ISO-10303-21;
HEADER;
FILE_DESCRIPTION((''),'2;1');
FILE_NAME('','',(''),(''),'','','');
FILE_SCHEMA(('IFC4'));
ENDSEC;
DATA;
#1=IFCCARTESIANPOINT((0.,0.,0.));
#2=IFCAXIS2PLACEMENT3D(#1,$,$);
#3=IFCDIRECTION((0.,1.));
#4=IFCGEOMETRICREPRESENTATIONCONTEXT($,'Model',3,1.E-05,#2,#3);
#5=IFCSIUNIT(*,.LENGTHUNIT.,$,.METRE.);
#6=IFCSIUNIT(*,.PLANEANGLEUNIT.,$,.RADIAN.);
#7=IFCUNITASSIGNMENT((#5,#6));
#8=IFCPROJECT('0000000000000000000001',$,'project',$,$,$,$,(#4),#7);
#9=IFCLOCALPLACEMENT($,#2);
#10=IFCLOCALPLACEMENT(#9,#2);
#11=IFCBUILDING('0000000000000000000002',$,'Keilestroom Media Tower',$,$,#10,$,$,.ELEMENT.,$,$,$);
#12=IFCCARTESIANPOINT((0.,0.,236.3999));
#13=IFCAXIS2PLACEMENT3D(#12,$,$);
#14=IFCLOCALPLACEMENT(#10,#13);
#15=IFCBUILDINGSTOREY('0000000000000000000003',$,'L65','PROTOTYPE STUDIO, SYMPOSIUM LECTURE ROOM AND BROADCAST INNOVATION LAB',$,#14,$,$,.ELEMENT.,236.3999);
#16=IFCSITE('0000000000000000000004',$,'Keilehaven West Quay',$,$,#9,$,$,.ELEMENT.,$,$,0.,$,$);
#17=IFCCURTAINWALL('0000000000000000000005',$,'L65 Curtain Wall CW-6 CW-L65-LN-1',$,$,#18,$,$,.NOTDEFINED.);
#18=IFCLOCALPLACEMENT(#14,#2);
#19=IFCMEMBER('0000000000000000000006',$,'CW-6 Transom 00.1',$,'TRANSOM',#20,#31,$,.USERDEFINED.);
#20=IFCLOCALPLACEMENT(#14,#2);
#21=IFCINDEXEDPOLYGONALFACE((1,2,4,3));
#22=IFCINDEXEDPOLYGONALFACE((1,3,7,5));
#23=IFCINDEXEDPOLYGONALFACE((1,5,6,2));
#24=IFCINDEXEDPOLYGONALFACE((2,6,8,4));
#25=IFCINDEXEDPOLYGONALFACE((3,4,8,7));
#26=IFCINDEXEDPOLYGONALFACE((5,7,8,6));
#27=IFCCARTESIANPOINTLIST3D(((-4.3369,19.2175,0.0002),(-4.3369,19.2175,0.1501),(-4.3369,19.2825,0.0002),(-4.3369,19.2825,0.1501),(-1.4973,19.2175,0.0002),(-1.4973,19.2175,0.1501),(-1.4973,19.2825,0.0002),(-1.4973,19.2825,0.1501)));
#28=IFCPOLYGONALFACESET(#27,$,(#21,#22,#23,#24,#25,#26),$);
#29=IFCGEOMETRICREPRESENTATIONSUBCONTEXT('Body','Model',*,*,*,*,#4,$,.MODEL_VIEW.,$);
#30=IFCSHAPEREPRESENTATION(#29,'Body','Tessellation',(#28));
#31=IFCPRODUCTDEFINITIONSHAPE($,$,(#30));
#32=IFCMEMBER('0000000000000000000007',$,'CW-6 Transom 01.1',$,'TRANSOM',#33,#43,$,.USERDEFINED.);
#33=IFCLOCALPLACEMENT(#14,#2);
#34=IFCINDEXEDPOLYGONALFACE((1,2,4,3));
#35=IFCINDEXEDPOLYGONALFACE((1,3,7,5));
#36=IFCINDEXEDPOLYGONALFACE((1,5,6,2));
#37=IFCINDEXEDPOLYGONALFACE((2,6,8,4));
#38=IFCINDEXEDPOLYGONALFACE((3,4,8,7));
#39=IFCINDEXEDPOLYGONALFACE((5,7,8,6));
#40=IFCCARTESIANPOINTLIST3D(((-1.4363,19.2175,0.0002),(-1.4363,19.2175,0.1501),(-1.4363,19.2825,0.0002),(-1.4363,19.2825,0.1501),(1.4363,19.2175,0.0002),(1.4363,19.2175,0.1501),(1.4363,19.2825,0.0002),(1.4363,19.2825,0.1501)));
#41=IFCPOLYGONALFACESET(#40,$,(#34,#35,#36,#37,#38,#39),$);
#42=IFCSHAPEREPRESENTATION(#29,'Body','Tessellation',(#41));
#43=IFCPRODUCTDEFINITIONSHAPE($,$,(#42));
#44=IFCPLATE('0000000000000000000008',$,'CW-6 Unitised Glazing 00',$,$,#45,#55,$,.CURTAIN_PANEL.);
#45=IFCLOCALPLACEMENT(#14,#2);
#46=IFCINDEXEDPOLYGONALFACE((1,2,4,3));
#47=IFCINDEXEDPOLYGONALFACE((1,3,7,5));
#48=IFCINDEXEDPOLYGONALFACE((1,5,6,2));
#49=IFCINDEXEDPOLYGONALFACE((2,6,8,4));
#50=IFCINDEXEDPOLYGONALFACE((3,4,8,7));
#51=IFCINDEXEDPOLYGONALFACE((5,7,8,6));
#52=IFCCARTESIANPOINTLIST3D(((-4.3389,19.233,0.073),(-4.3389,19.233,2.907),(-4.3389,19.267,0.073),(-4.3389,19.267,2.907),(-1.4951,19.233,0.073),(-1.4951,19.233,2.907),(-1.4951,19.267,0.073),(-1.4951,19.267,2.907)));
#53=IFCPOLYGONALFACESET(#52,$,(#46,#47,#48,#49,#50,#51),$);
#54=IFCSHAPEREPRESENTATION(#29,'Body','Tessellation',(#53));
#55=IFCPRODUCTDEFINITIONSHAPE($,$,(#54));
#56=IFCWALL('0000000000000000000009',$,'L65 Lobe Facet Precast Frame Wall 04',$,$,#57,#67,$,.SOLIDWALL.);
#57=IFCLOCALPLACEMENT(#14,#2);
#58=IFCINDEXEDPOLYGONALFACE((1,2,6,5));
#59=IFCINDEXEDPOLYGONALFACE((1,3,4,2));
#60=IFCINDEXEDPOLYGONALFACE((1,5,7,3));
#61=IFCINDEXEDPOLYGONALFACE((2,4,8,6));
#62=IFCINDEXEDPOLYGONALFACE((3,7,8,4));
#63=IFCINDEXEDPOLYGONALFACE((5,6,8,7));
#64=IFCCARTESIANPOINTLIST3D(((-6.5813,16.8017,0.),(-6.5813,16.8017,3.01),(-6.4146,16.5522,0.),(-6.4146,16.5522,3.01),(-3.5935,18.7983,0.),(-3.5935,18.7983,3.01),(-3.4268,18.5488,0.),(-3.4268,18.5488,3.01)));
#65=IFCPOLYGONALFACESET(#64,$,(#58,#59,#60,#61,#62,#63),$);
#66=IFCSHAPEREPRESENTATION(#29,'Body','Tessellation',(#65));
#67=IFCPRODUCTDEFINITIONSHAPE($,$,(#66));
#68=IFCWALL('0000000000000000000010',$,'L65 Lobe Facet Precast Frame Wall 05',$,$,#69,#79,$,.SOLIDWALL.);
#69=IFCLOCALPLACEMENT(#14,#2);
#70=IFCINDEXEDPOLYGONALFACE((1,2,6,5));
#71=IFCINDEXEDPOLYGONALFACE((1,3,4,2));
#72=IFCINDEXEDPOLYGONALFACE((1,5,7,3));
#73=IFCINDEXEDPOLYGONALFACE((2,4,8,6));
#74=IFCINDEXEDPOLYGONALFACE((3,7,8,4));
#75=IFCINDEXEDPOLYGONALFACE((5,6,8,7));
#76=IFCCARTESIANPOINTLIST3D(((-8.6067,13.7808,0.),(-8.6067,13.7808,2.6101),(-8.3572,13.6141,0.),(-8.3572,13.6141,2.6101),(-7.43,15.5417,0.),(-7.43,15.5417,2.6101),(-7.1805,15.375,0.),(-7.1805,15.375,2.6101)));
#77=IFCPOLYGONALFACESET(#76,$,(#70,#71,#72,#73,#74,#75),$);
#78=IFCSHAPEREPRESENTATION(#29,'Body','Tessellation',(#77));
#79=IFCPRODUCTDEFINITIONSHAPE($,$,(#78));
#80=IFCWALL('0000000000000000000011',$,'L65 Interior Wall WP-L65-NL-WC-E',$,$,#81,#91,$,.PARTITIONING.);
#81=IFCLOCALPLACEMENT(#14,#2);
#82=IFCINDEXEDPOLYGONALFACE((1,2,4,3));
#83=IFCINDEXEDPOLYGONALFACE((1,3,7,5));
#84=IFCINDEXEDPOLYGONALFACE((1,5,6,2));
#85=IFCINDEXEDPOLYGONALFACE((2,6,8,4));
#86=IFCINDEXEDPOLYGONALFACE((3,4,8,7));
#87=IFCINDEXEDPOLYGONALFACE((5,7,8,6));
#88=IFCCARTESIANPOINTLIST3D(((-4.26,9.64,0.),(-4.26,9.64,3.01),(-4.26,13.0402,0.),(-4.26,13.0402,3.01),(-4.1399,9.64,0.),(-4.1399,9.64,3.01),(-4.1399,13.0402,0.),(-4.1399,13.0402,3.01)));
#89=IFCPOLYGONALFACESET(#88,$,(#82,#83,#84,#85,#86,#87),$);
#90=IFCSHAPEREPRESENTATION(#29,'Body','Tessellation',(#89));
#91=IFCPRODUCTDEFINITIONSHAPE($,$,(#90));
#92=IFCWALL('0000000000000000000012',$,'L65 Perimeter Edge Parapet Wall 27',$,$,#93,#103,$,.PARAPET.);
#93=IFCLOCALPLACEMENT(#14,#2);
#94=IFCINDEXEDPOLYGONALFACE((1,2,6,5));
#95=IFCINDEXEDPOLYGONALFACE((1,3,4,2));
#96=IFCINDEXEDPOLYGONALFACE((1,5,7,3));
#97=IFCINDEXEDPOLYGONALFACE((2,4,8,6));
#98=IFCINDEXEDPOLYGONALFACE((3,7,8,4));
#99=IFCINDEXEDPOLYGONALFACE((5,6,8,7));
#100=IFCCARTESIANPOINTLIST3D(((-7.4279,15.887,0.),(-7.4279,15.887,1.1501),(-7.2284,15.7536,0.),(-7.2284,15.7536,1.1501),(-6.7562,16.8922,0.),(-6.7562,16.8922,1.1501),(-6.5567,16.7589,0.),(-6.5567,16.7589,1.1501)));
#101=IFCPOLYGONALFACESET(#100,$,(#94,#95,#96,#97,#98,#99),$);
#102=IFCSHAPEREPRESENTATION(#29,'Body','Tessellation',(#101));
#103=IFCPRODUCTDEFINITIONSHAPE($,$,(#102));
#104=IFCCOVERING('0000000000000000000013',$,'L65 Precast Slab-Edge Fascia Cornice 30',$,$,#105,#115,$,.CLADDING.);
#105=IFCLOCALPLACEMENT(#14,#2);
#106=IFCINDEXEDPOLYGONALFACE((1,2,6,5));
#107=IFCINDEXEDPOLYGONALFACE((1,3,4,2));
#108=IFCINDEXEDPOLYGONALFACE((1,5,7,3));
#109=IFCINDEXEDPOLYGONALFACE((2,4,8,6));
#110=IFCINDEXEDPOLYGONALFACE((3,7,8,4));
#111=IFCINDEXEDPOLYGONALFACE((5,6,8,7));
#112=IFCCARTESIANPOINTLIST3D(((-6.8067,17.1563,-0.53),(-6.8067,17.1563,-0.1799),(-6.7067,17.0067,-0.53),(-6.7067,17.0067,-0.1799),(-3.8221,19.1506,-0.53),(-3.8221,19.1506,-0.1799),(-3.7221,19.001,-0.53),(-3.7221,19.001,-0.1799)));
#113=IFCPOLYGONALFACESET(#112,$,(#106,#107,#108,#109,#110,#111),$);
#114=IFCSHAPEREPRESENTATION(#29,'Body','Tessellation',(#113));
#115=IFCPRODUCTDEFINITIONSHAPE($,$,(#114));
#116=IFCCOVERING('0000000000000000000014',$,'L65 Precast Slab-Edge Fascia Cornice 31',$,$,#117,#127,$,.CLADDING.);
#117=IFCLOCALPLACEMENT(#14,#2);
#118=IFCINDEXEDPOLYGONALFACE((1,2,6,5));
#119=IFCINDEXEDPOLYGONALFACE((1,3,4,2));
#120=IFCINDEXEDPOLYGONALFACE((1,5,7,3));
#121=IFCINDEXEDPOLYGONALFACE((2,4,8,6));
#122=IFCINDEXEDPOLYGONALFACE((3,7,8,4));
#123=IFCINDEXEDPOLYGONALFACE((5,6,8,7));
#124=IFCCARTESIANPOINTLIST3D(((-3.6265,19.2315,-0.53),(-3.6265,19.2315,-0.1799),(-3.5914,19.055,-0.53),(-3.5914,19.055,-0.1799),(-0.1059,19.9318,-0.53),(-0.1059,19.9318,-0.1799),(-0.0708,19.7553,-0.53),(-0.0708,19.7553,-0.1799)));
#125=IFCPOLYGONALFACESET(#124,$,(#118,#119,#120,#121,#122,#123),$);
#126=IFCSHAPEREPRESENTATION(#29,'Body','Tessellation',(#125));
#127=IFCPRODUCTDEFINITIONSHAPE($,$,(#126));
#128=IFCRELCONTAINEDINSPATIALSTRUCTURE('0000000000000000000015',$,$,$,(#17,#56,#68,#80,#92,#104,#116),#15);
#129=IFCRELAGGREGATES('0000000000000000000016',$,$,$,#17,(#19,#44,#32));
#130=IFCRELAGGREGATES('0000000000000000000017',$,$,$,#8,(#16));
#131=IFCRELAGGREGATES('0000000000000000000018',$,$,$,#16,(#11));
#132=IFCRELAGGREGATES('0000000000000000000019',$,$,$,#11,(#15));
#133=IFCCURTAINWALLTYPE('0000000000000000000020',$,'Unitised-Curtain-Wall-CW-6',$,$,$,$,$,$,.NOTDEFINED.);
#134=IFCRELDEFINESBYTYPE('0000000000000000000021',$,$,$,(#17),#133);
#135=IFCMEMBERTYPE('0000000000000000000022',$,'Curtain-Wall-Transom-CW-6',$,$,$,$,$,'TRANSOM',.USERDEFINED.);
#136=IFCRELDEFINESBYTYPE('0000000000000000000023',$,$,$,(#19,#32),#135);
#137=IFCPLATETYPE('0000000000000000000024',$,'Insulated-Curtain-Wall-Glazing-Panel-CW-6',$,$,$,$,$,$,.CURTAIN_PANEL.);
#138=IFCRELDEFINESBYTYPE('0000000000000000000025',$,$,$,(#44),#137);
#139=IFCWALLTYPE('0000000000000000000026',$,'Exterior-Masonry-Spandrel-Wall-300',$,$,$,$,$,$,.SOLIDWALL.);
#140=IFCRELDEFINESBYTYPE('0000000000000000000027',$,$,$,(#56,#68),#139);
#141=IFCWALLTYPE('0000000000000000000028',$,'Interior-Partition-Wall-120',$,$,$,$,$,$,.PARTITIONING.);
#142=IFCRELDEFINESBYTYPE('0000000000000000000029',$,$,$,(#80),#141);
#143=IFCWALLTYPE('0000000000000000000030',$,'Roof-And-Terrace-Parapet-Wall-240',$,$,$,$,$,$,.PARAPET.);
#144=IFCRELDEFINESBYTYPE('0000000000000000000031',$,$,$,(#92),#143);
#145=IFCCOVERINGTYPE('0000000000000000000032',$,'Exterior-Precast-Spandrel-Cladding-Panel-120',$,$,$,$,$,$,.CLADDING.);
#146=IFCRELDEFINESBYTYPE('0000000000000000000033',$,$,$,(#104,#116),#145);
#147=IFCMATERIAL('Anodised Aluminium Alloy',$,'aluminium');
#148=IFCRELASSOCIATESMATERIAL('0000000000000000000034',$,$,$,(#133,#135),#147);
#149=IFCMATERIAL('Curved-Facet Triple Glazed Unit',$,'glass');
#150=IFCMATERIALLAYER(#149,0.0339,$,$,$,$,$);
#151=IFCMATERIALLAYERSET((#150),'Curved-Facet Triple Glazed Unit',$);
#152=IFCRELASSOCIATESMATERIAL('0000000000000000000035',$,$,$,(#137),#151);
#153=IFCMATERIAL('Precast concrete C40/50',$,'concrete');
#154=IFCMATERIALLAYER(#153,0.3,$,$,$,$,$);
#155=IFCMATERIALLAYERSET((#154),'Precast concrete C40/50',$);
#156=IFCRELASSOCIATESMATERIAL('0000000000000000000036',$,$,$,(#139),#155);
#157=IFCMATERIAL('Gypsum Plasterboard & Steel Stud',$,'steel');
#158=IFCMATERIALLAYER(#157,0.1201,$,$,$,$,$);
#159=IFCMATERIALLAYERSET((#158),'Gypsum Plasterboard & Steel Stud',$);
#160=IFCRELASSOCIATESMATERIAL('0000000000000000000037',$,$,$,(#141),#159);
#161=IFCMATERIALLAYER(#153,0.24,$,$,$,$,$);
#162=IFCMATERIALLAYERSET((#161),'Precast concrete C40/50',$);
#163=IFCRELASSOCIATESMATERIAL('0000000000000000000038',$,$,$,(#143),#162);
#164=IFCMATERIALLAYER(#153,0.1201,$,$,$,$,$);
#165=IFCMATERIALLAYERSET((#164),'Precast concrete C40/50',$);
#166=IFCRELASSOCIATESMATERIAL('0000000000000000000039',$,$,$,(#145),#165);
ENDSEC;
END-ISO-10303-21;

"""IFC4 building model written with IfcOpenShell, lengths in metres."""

from ifc_helpers import new_model, si_unit, direction, frame, frame_2d, origin, origin_2d, place, context, subcontext, project, spatial, rectangle, extrude, source, transform, mapped, material, layer, layer_set, material_profile, profile_set, type_object, element, aggregate, save


model = new_model("IFC4")

# Units and contexts
model_context = context("Model", 3, precision=1e-05, world=origin(), true_north=direction((0.0, 1.0)))
body_context = subcontext(model_context, "Body", "Model", "MODEL_VIEW")
ifc_project = project(units=[si_unit("LENGTHUNIT", "METRE"), si_unit("PLANEANGLEUNIT", "RADIAN")], contexts=[model_context])

# Site, building, storey
site_placement = place(None, origin())
site = spatial("IfcSite", under=ifc_project, at=site_placement, Name="Keilehaven West Quay", CompositionType="ELEMENT", RefElevation=0.0)
building_placement = place(site_placement, origin())
building = spatial("IfcBuilding", under=site, at=building_placement, Name="Keilestroom Media Tower", CompositionType="ELEMENT")
storey_placement = place(building_placement, frame((0.0, 0.0, 236.3999)))
storey = spatial("IfcBuildingStorey", under=building, at=storey_placement, Name="L65", Description="PROTOTYPE STUDIO, SYMPOSIUM LECTURE ROOM AND BROADCAST INNOVATION LAB", CompositionType="ELEMENT", Elevation=236.3999)

# Curtain wall, members, plate
ifc_material_1 = material(Name="Anodised Aluminium Alloy", Category="aluminium")
curtain_wall_type = type_object("IfcCurtainWallType", Name="Unitised-Curtain-Wall-CW-6", PredefinedType="NOTDEFINED", material=ifc_material_1)
curtain_wall_placement = place(storey_placement, origin())
curtain_wall = element("IfcCurtainWall", 1, at=curtain_wall_placement, inside=storey, type_object=curtain_wall_type, Name="L65 Curtain Wall CW-6 CW-L65-LN-1", PredefinedType="NOTDEFINED")
ifc_material_profile_1 = material_profile(ifc_material_1, rectangle(XDim=0.0649, YDim=0.1499, at=origin_2d()), Name="ALU TRANSOM 65x150")
ifc_profile_set_1 = profile_set([ifc_material_profile_1], Name="Anodised Aluminium Alloy")
member_type_1 = type_object("IfcMemberType", Name="Curtain-Wall-Transom-CW-6", ElementType="TRANSOM", PredefinedType="USERDEFINED", material=ifc_profile_set_1)
shared_shape_1 = source(origin(), body_context, "Body", "SweptSolid", [
    extrude(rectangle(XDim=0.0649, YDim=0.1499, at=origin_2d()), origin(), (0.0, 0.0, 1.0), 2.8396),
])
member_1_placement = place(storey_placement, frame((-4.3369, 19.25, 0.0752), z_axis=(1.0, 0.0, 0.0), x_axis=(0.0, 1.0, 0.0)))
member_1 = element("IfcMember", 2, at=member_1_placement, type_object=member_type_1, Name="CW-6 Transom 00.1", ObjectType="TRANSOM", PredefinedType="USERDEFINED", context=body_context, shape_type="MappedRepresentation", body=[
    mapped(shared_shape_1, transform((0.0, 0.0, 0.0), x_axis=(1.0, 0.0, 0.0), y_axis=(0.0, 1.0, 0.0), z_axis=(0.0, 0.0, 1.0), scale=1.0)),
])
shared_shape_2 = source(origin(), body_context, "Body", "SweptSolid", [
    extrude(rectangle(XDim=0.0649, YDim=0.1499, at=origin_2d()), origin(), (0.0, 0.0, 1.0), 2.8726),
])
member_2_placement = place(storey_placement, frame((-1.4363, 19.25, 0.0752), z_axis=(1.0, 0.0, 0.0), x_axis=(0.0, 1.0, 0.0)))
member_2 = element("IfcMember", 3, at=member_2_placement, type_object=member_type_1, Name="CW-6 Transom 01.1", ObjectType="TRANSOM", PredefinedType="USERDEFINED", context=body_context, shape_type="MappedRepresentation", body=[
    mapped(shared_shape_2, transform((0.0, 0.0, 0.0), x_axis=(1.0, 0.0, 0.0), y_axis=(0.0, 1.0, 0.0), z_axis=(0.0, 0.0, 1.0), scale=1.0)),
])
ifc_material_2 = material(Name="Curved-Facet Triple Glazed Unit", Category="glass")
ifc_layer_1 = layer(ifc_material_2, 0.0339)
ifc_layer_set_1 = layer_set([ifc_layer_1], Name="Curved-Facet Triple Glazed Unit")
plate_type = type_object("IfcPlateType", Name="Insulated-Curtain-Wall-Glazing-Panel-CW-6", PredefinedType="CURTAIN_PANEL", material=ifc_layer_set_1)
shared_shape_3 = source(origin(), body_context, "Body", "SweptSolid", [
    extrude(rectangle(XDim=2.8438, YDim=0.0339, at=origin_2d()), origin(), (0.0, 0.0, 1.0), 2.834),
])
plate_placement = place(storey_placement, frame((-2.917, 19.25, 0.073), z_axis=(0.0, 0.0, 1.0), x_axis=(1.0, 0.0, 0.0)))
plate = element("IfcPlate", 4, at=plate_placement, type_object=plate_type, Name="CW-6 Unitised Glazing 00", PredefinedType="CURTAIN_PANEL", context=body_context, shape_type="MappedRepresentation", body=[
    mapped(shared_shape_3, transform((0.0, 0.0, 0.0), x_axis=(1.0, 0.0, 0.0), y_axis=(0.0, 1.0, 0.0), z_axis=(0.0, 0.0, 1.0), scale=1.0)),
])
aggregate(curtain_wall, [member_1, plate, member_2])

# Walls
ifc_material_3 = material(Name="Precast concrete C40/50", Category="concrete")
ifc_layer_2 = layer(ifc_material_3, 0.3)
ifc_layer_set_2 = layer_set([ifc_layer_2], Name="Precast concrete C40/50")
wall_type_1 = type_object("IfcWallType", Name="Exterior-Masonry-Spandrel-Wall-300", PredefinedType="SOLIDWALL", material=ifc_layer_set_2)
wall_1_placement = place(storey_placement, frame((-3.51, 18.6736, 0.0), z_axis=(0.0, 0.0, 1.0), x_axis=(-0.831444, -0.555609, 0.0)))
element("IfcWall", 5, at=wall_1_placement, inside=storey, type_object=wall_type_1, Name="L65 Lobe Facet Precast Frame Wall 04", PredefinedType="SOLIDWALL", context=body_context, shape_type="SweptSolid", body=[
    extrude(rectangle(XDim=3.5935, YDim=0.3, at=frame_2d((1.7969, 0.0))), origin(), (0.0, 0.0, 1.0), 3.01),
])
wall_2_placement = place(storey_placement, frame((-7.3052, 15.4585, 0.0), z_axis=(0.0, 0.0, 1.0), x_axis=(-0.555604, -0.831447, 0.0)))
element("IfcWall", 6, at=wall_2_placement, inside=storey, type_object=wall_type_1, Name="L65 Lobe Facet Precast Frame Wall 05", PredefinedType="SOLIDWALL", context=body_context, shape_type="SweptSolid", body=[
    extrude(rectangle(XDim=2.1179, YDim=0.3, at=frame_2d((1.0591, 0.0))), origin(), (0.0, 0.0, 1.0), 2.6101),
])
ifc_material_4 = material(Name="Gypsum Plasterboard & Steel Stud", Category="steel")
ifc_layer_3 = layer(ifc_material_4, 0.1201)
ifc_layer_set_3 = layer_set([ifc_layer_3], Name="Gypsum Plasterboard & Steel Stud")
wall_type_2 = type_object("IfcWallType", Name="Interior-Partition-Wall-120", PredefinedType="PARTITIONING", material=ifc_layer_set_3)
wall_3_placement = place(storey_placement, frame((-4.2, 9.6399, 0.0), z_axis=(0.0, 0.0, 1.0), x_axis=(0.0, 1.0, 0.0)))
element("IfcWall", 7, at=wall_3_placement, inside=storey, type_object=wall_type_2, Name="L65 Interior Wall WP-L65-NL-WC-E", PredefinedType="PARTITIONING", context=body_context, shape_type="SweptSolid", body=[
    extrude(rectangle(XDim=3.4001, YDim=0.1201, at=frame_2d((1.7002, 0.0))), origin(), (0.0, 0.0, 1.0), 3.01),
])
ifc_layer_4 = layer(ifc_material_3, 0.24)
ifc_layer_set_4 = layer_set([ifc_layer_4], Name="Precast concrete C40/50")
wall_type_3 = type_object("IfcWallType", Name="Roof-And-Terrace-Parapet-Wall-240", PredefinedType="PARAPET", material=ifc_layer_set_4)
wall_4_placement = place(storey_placement, frame((-7.3281, 15.8203, 0.0), z_axis=(0.0, 0.0, 1.0), x_axis=(0.555585, 0.831459, 0.0)))
element("IfcWall", 8, at=wall_4_placement, inside=storey, type_object=wall_type_3, Name="L65 Perimeter Edge Parapet Wall 27", PredefinedType="PARAPET", context=body_context, shape_type="SweptSolid", body=[
    extrude(rectangle(XDim=1.209, YDim=0.24, at=frame_2d((0.6045, 0.0))), origin(), (0.0, 0.0, 1.0), 1.1501),
])

# Coverings
ifc_layer_5 = layer(ifc_material_3, 0.1201)
ifc_layer_set_5 = layer_set([ifc_layer_5], Name="Precast concrete C40/50")
covering_type = type_object("IfcCoveringType", Name="Exterior-Precast-Spandrel-Cladding-Panel-120", PredefinedType="CLADDING", material=ifc_layer_set_5)
shared_shape_4 = source(origin(), body_context, "Body", "SweptSolid", [
    extrude(rectangle(XDim=3.5896, YDim=0.1799, at=origin_2d()), origin(), (0.0, 0.0, 1.0), 0.3501),
])
for number, where, z_axis, x_axis, name in (
    (9, (-5.2644, 18.0786, -0.53), (0.0, 0.0, 1.0), (0.831467, 0.555575, 0.0), "L65 Precast Slab-Edge Fascia Cornice 30"),
    (10, (-1.8486, 19.4934, -0.53), (0.0, 0.0, 1.0), (0.980784, 0.195099, 0.0), "L65 Precast Slab-Edge Fascia Cornice 31"),
):
    element("IfcCovering", number, at=place(storey_placement, frame(where, z_axis=z_axis, x_axis=x_axis)), inside=storey, type_object=covering_type, Name=name, PredefinedType="CLADDING", context=body_context, shape_type="MappedRepresentation", body=[
        mapped(shared_shape_4, transform((0.0, 0.0, 0.0), x_axis=(1.0, 0.0, 0.0), y_axis=(0.0, 1.0, 0.0), z_axis=(0.0, 0.0, 1.0), scale=1.0)),
    ])

save(model, "model.ifc")
